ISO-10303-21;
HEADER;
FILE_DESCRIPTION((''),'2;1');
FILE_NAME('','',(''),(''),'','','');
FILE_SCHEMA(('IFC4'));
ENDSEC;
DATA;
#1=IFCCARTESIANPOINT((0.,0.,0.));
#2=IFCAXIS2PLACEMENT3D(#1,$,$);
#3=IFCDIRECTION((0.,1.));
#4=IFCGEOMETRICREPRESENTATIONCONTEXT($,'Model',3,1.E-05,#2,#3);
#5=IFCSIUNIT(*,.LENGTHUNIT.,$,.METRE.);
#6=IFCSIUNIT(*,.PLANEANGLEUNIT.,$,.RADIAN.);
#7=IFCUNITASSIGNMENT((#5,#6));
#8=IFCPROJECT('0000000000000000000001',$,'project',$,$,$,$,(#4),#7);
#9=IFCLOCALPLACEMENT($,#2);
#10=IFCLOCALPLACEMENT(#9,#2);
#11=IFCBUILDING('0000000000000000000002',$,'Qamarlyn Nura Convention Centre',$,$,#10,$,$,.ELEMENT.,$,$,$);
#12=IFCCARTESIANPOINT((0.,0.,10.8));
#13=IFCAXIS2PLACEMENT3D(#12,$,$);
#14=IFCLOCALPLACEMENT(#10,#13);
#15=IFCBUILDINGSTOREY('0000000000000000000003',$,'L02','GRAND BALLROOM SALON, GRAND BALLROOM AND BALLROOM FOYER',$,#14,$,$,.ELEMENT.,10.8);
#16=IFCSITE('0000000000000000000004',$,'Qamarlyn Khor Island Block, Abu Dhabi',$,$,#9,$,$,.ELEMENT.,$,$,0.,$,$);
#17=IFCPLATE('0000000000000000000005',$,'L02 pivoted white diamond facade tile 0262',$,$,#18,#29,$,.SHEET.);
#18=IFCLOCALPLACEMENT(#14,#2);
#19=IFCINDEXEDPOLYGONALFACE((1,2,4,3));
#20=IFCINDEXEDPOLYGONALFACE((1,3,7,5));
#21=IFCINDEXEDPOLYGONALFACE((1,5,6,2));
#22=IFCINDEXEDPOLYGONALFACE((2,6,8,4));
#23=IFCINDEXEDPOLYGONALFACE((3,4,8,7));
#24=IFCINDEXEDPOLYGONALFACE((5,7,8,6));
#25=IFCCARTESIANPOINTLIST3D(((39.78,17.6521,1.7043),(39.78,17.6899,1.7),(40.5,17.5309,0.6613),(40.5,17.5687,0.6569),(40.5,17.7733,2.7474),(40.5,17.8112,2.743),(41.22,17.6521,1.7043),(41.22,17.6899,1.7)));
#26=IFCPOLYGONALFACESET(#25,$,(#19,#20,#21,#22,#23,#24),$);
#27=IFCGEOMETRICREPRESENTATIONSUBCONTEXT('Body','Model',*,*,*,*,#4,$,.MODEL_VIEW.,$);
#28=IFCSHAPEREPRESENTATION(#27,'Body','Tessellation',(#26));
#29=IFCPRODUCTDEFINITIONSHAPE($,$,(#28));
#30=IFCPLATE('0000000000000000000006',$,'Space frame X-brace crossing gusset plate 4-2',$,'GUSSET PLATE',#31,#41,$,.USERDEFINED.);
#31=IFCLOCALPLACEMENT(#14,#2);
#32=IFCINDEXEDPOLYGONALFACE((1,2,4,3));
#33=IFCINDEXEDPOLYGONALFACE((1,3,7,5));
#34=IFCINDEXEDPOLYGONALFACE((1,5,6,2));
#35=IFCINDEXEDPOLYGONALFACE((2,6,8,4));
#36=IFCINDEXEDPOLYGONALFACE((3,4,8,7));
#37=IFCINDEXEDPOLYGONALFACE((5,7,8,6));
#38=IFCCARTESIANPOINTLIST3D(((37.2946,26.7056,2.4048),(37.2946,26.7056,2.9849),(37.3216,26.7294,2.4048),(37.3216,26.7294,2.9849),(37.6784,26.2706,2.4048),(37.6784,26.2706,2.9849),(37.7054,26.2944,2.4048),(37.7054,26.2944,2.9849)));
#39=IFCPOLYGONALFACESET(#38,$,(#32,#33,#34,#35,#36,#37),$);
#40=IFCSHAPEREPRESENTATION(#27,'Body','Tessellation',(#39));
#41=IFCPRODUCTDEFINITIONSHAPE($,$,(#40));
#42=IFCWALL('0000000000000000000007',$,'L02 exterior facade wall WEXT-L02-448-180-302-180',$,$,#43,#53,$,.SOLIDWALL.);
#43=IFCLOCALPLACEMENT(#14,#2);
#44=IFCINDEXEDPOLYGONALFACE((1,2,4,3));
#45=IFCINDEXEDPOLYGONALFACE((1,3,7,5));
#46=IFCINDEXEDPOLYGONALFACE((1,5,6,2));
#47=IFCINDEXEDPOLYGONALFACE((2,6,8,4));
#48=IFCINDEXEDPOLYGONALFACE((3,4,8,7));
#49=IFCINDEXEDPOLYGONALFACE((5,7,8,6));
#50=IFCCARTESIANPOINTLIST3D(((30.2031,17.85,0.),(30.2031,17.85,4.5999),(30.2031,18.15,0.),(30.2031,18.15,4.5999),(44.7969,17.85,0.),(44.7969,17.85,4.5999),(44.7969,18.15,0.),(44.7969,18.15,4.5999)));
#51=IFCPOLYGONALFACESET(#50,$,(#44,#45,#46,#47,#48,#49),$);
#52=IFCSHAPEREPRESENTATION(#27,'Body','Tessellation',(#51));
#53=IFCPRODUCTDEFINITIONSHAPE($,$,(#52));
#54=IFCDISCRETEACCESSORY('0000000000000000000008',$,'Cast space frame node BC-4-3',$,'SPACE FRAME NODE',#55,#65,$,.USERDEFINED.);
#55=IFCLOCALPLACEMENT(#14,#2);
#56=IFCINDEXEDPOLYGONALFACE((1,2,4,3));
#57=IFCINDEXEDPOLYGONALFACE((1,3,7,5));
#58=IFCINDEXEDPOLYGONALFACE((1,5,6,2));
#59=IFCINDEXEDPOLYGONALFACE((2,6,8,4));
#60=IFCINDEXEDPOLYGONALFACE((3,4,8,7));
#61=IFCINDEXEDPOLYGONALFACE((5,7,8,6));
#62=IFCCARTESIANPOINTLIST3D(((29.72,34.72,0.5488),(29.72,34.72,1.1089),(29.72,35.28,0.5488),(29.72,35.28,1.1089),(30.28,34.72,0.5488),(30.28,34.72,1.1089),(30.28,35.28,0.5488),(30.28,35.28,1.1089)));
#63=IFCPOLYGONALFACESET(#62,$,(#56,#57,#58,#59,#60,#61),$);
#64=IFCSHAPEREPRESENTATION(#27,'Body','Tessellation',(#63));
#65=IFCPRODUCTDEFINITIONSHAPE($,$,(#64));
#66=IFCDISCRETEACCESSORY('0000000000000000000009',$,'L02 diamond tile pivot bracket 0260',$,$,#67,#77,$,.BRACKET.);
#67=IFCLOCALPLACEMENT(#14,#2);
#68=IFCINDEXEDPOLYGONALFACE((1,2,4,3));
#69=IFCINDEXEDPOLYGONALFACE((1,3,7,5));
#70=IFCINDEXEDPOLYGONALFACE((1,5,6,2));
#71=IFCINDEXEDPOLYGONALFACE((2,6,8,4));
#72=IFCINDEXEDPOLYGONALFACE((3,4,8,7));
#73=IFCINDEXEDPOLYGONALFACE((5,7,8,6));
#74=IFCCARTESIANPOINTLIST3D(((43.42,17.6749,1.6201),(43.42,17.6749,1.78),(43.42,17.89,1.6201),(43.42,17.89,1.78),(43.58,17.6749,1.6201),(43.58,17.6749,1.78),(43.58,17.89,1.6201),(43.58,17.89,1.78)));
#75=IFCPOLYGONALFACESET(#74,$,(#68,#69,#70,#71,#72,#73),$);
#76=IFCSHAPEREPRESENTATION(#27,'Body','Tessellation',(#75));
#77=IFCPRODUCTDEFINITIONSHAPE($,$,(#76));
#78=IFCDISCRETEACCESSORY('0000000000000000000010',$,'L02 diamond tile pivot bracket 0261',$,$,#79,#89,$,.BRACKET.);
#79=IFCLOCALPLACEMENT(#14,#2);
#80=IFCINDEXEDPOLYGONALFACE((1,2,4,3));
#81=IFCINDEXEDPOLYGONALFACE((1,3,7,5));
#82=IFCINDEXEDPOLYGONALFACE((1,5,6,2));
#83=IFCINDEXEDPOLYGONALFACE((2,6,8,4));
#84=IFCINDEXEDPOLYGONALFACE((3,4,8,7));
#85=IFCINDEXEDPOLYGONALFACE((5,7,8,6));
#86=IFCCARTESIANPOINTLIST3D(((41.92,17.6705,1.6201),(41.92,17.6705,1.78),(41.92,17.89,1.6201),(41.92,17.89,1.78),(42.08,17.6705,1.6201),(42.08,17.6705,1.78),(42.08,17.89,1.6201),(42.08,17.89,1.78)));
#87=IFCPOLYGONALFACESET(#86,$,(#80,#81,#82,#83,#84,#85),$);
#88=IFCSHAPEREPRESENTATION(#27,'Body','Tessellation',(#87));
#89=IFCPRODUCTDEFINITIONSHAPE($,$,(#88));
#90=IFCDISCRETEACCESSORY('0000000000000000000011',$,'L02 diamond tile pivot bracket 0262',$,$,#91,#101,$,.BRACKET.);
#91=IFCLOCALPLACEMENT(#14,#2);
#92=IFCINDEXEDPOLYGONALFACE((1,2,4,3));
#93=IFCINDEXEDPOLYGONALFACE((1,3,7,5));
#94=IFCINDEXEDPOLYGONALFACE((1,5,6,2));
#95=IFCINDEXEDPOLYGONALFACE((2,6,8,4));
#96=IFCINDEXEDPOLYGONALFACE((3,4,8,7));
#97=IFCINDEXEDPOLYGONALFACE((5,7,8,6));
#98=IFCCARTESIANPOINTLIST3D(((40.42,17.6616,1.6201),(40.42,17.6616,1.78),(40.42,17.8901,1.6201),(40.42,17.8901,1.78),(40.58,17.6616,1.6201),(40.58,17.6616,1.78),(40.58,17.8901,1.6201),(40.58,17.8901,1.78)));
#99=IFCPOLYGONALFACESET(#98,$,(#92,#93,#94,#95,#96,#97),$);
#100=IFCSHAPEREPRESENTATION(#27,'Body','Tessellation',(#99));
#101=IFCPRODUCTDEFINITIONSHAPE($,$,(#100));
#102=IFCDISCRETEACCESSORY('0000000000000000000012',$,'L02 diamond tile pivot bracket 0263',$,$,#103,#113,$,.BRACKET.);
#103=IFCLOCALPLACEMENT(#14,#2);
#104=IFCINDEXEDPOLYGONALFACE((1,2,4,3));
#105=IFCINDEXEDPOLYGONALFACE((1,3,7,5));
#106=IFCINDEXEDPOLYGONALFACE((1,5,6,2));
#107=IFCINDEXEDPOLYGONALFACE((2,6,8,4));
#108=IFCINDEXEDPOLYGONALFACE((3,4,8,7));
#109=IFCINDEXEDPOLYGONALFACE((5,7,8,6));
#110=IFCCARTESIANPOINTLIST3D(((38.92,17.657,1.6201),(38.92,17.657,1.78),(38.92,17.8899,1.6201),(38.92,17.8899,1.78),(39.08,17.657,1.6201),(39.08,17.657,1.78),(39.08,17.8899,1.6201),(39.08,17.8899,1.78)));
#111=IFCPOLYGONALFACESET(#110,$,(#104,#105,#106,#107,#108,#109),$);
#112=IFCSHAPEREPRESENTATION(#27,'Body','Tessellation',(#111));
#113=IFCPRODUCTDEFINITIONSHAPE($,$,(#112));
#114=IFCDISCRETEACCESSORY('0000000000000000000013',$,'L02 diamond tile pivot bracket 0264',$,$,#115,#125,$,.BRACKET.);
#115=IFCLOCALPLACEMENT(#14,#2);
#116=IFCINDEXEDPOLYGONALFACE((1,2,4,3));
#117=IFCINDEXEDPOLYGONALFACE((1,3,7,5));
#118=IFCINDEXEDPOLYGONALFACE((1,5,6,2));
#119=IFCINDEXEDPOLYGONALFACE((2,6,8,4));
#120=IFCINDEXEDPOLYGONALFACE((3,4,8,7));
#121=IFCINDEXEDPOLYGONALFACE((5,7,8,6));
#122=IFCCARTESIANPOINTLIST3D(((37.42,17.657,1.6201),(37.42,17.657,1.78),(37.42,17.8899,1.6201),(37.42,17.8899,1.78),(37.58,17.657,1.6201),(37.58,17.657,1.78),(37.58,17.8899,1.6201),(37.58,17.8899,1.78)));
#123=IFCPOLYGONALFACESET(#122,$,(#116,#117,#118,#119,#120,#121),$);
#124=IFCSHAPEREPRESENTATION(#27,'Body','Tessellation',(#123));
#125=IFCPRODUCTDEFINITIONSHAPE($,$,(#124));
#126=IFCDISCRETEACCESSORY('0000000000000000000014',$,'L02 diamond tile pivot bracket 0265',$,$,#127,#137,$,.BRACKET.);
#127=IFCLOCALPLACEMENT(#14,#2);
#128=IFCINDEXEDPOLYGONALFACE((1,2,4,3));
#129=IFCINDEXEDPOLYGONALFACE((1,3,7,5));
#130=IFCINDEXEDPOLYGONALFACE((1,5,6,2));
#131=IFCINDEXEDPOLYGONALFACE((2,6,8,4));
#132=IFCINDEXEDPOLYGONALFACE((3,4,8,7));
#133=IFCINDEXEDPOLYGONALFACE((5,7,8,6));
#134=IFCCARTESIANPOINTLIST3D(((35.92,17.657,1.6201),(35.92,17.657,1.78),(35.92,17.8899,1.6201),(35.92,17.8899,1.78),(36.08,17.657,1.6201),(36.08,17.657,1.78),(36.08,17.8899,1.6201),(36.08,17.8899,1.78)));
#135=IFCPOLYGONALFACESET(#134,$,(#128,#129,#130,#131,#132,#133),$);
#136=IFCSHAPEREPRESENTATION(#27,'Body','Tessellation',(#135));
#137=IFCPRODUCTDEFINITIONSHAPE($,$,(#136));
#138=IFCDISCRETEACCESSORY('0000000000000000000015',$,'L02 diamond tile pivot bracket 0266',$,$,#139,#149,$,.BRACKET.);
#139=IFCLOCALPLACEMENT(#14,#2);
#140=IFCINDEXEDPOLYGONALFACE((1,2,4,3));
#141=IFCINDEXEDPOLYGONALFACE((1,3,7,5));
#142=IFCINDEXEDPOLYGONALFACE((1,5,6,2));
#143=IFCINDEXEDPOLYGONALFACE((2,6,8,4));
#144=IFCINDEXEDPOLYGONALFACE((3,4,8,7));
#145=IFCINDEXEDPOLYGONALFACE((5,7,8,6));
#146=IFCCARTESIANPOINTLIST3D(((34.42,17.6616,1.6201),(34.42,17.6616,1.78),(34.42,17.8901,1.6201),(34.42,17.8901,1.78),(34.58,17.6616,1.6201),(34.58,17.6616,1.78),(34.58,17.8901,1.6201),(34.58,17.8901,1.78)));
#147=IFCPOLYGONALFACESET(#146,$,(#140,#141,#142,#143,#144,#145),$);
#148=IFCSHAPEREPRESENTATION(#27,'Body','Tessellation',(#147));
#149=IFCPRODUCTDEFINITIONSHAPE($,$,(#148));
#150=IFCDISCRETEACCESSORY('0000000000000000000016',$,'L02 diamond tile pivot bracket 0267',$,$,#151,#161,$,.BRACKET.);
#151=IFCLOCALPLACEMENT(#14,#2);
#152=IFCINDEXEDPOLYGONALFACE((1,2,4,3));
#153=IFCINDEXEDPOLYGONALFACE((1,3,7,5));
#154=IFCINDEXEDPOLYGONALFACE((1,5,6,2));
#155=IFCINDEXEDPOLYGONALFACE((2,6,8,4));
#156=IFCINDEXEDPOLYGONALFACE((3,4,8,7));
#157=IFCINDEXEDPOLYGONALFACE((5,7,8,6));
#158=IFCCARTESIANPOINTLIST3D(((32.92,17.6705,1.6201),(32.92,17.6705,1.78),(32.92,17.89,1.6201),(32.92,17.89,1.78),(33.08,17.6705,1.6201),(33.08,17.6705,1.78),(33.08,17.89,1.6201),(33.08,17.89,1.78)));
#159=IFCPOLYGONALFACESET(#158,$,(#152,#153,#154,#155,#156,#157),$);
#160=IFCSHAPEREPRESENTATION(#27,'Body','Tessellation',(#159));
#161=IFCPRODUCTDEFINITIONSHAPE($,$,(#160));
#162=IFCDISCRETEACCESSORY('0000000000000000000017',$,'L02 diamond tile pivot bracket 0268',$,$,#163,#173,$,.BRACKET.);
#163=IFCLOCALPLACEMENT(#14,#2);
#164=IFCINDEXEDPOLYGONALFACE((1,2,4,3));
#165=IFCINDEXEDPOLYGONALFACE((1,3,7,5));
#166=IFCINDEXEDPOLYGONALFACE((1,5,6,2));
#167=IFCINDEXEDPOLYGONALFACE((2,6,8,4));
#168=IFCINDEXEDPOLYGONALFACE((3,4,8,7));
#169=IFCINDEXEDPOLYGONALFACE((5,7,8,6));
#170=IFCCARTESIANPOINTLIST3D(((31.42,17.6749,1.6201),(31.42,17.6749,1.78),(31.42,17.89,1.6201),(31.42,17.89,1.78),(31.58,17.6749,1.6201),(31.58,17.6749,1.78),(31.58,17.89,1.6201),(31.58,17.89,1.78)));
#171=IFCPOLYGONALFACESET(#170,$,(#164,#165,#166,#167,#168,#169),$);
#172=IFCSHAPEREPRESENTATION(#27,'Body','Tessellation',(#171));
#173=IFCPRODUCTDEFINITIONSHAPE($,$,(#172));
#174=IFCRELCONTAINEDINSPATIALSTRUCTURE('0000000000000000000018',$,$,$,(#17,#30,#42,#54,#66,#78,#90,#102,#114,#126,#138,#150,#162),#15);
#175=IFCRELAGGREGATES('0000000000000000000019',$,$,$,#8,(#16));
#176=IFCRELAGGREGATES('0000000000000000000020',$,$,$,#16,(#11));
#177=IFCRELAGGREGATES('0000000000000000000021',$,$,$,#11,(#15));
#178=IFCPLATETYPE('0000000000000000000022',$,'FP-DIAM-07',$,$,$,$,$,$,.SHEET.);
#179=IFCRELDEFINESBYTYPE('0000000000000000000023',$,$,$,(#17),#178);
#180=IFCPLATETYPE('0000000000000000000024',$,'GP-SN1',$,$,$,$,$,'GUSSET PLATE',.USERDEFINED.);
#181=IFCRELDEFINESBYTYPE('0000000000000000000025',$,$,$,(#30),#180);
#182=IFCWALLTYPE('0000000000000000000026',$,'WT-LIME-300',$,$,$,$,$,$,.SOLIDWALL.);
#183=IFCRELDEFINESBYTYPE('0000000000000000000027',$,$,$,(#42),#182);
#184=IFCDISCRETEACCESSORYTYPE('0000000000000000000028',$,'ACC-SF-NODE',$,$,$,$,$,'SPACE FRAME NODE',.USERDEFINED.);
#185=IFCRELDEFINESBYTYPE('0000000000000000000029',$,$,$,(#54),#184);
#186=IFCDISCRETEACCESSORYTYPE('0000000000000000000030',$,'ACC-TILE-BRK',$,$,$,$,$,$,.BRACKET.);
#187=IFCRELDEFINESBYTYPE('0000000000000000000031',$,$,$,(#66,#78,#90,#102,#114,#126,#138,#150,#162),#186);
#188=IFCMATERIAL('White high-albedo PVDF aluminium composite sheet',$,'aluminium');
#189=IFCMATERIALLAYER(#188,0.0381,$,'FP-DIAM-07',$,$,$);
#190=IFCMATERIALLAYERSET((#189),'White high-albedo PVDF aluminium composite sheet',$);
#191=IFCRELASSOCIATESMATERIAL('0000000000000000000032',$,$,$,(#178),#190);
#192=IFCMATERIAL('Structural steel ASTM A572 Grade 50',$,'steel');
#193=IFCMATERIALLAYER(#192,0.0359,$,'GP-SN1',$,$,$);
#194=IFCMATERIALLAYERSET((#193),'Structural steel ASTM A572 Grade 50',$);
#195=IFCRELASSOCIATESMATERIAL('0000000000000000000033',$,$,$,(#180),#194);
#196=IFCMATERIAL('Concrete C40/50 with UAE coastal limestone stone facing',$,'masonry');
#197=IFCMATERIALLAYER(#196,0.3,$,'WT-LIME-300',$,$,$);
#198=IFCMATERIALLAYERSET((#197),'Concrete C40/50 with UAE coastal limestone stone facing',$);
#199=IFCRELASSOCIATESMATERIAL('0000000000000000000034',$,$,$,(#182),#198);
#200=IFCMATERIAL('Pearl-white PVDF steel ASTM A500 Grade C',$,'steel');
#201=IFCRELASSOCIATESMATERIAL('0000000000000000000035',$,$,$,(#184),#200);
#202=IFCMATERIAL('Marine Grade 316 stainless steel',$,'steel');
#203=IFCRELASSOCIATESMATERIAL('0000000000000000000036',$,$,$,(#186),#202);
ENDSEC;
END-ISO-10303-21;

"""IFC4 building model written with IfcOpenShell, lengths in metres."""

from ifc_helpers import new_model, si_unit, direction, frame, frame_2d, origin, origin_2d, place, context, subcontext, project, spatial, polyline, rectangle, outline, extrude, material, layer, layer_set, type_object, element, save


model = new_model("IFC4")

# Units and contexts
model_context = context("Model", 3, precision=1e-05, world=origin(), true_north=direction((0.0, 1.0)))
body_context = subcontext(model_context, "Body", "Model", "MODEL_VIEW")
ifc_project = project(units=[si_unit("LENGTHUNIT", "METRE"), si_unit("PLANEANGLEUNIT", "RADIAN")], contexts=[model_context])

# Site, building, storey
site_placement = place(None, origin())
site = spatial("IfcSite", under=ifc_project, at=site_placement, Name="Qamarlyn Khor Island Block, Abu Dhabi", CompositionType="ELEMENT", RefElevation=0.0)
building_placement = place(site_placement, origin())
building = spatial("IfcBuilding", under=site, at=building_placement, Name="Qamarlyn Nura Convention Centre", CompositionType="ELEMENT")
storey_placement = place(building_placement, frame((0.0, 0.0, 10.8)))
storey = spatial("IfcBuildingStorey", under=building, at=storey_placement, Name="L02", Description="GRAND BALLROOM SALON, GRAND BALLROOM AND BALLROOM FOYER", CompositionType="ELEMENT", Elevation=10.8)

# Shared definitions
ifc_material_1 = material(Name="Pearl-white PVDF steel ASTM A500 Grade C", Category="steel")

# Plates
ifc_material_2 = material(Name="White high-albedo PVDF aluminium composite sheet", Category="aluminium")
ifc_layer_1 = layer(ifc_material_2, 0.0381, Name="FP-DIAM-07")
ifc_layer_set_1 = layer_set([ifc_layer_1], Name="White high-albedo PVDF aluminium composite sheet")
plate_type_1 = type_object("IfcPlateType", Name="FP-DIAM-07", PredefinedType="SHEET", material=ifc_layer_set_1)
plate_1_placement = place(storey_placement, frame((40.5, 17.6899, 1.7), z_axis=(0.0, -0.993312, 0.115457), x_axis=(1.0, 0.0, 0.0)))
element("IfcPlate", 1, at=plate_1_placement, inside=storey, type_object=plate_type_1, Name="L02 pivoted white diamond facade tile 0262", PredefinedType="SHEET", context=body_context, shape_type="SweptSolid", body=[
    extrude(outline(polyline([(-0.72, 0.0), (0.0, -1.05), (0.72, 0.0), (0.0, 1.05), (-0.72, 0.0)])), origin(), (0.0, 0.0, 1.0), 0.0381),
])
ifc_material_3 = material(Name="Structural steel ASTM A572 Grade 50", Category="steel")
ifc_layer_2 = layer(ifc_material_3, 0.0359, Name="GP-SN1")
ifc_layer_set_2 = layer_set([ifc_layer_2], Name="Structural steel ASTM A572 Grade 50")
plate_type_2 = type_object("IfcPlateType", Name="GP-SN1", ElementType="GUSSET PLATE", PredefinedType="USERDEFINED", material=ifc_layer_set_2)
plate_2_placement = place(storey_placement, frame((37.5, 26.5, 2.4048), z_axis=(0.0, 0.0, 1.0), x_axis=(-0.661622, 0.749837, 0.0)))
element("IfcPlate", 2, at=plate_2_placement, inside=storey, type_object=plate_type_2, Name="Space frame X-brace crossing gusset plate 4-2", ObjectType="GUSSET PLATE", PredefinedType="USERDEFINED", context=body_context, shape_type="SweptSolid", body=[
    extrude(rectangle(XDim=0.5801, YDim=0.0359, at=origin_2d()), origin(), (0.0, 0.0, 1.0), 0.5801),
])

# Wall
ifc_material_4 = material(Name="Concrete C40/50 with UAE coastal limestone stone facing", Category="masonry")
ifc_layer_3 = layer(ifc_material_4, 0.3, Name="WT-LIME-300")
ifc_layer_set_3 = layer_set([ifc_layer_3], Name="Concrete C40/50 with UAE coastal limestone stone facing")
wall_type = type_object("IfcWallType", Name="WT-LIME-300", PredefinedType="SOLIDWALL", material=ifc_layer_set_3)
wall_placement = place(storey_placement, frame((44.7969, 18.0, 0.0), z_axis=(0.0, 0.0, 1.0), x_axis=(-1.0, 0.0, 0.0)))
element("IfcWall", 3, at=wall_placement, inside=storey, type_object=wall_type, Name="L02 exterior facade wall WEXT-L02-448-180-302-180", PredefinedType="SOLIDWALL", context=body_context, shape_type="SweptSolid", body=[
    extrude(rectangle(XDim=14.5938, YDim=0.3, at=frame_2d((7.2969, 0.0))), origin(), (0.0, 0.0, 1.0), 4.5999),
])

# Discrete accessories
discrete_accessory_type_1 = type_object("IfcDiscreteAccessoryType", Name="ACC-SF-NODE", ElementType="SPACE FRAME NODE", PredefinedType="USERDEFINED", material=ifc_material_1)
discrete_accessory_1_placement = place(storey_placement, frame((30.0, 35.0, 0.5488), z_axis=(0.0, 0.0, 1.0), x_axis=(1.0, 0.0, 0.0)))
element("IfcDiscreteAccessory", 4, at=discrete_accessory_1_placement, inside=storey, type_object=discrete_accessory_type_1, Name="Cast space frame node BC-4-3", ObjectType="SPACE FRAME NODE", PredefinedType="USERDEFINED", context=body_context, shape_type="SweptSolid", body=[
    extrude(rectangle(XDim=0.5601, YDim=0.5601, at=origin_2d()), origin(), (0.0, 0.0, 1.0), 0.5601),
])
ifc_material_5 = material(Name="Marine Grade 316 stainless steel", Category="steel")
discrete_accessory_type_2 = type_object("IfcDiscreteAccessoryType", Name="ACC-TILE-BRK", PredefinedType="BRACKET", material=ifc_material_5)
discrete_accessory_2_placement = place(storey_placement, frame((43.5, 17.7825, 1.6201), z_axis=(0.0, 0.0, 1.0), x_axis=(0.0, -1.0, 0.0)))
element("IfcDiscreteAccessory", 5, at=discrete_accessory_2_placement, inside=storey, type_object=discrete_accessory_type_2, Name="L02 diamond tile pivot bracket 0260", PredefinedType="BRACKET", context=body_context, shape_type="SweptSolid", body=[
    extrude(rectangle(XDim=0.2151, YDim=0.1599, at=origin_2d()), origin(), (0.0, 0.0, 1.0), 0.1599),
])
discrete_accessory_3_placement = place(storey_placement, frame((42.0, 17.7803, 1.6201), z_axis=(0.0, 0.0, 1.0), x_axis=(0.0, -1.0, 0.0)))
element("IfcDiscreteAccessory", 6, at=discrete_accessory_3_placement, inside=storey, type_object=discrete_accessory_type_2, Name="L02 diamond tile pivot bracket 0261", PredefinedType="BRACKET", context=body_context, shape_type="SweptSolid", body=[
    extrude(rectangle(XDim=0.2195, YDim=0.1599, at=origin_2d()), origin(), (0.0, 0.0, 1.0), 0.1599),
])
discrete_accessory_4_placement = place(storey_placement, frame((40.5, 17.7759, 1.6201), z_axis=(0.0, 0.0, 1.0), x_axis=(0.0, -1.0, 0.0)))
element("IfcDiscreteAccessory", 7, at=discrete_accessory_4_placement, inside=storey, type_object=discrete_accessory_type_2, Name="L02 diamond tile pivot bracket 0262", PredefinedType="BRACKET", context=body_context, shape_type="SweptSolid", body=[
    extrude(rectangle(XDim=0.2285, YDim=0.1599, at=origin_2d()), origin(), (0.0, 0.0, 1.0), 0.1599),
])
for number, where, z_axis, x_axis, name in (
    (8, (39.0, 17.7734, 1.6201), (0.0, 0.0, 1.0), (0.0, -1.0, 0.0), "L02 diamond tile pivot bracket 0263"),
    (9, (37.5, 17.7734, 1.6201), (0.0, 0.0, 1.0), (0.0, -1.0, 0.0), "L02 diamond tile pivot bracket 0264"),
    (10, (36.0, 17.7734, 1.6201), (0.0, 0.0, 1.0), (0.0, -1.0, 0.0), "L02 diamond tile pivot bracket 0265"),
):
    element("IfcDiscreteAccessory", number, at=place(storey_placement, frame(where, z_axis=z_axis, x_axis=x_axis)), inside=storey, type_object=discrete_accessory_type_2, Name=name, PredefinedType="BRACKET", context=body_context, shape_type="SweptSolid", body=[
        extrude(rectangle(XDim=0.2329, YDim=0.1599, at=origin_2d()), origin(), (0.0, 0.0, 1.0), 0.1599),
    ])
discrete_accessory_5_placement = place(storey_placement, frame((34.5, 17.7759, 1.6201), z_axis=(0.0, 0.0, 1.0), x_axis=(0.0, -1.0, 0.0)))
element("IfcDiscreteAccessory", 11, at=discrete_accessory_5_placement, inside=storey, type_object=discrete_accessory_type_2, Name="L02 diamond tile pivot bracket 0266", PredefinedType="BRACKET", context=body_context, shape_type="SweptSolid", body=[
    extrude(rectangle(XDim=0.2285, YDim=0.1599, at=origin_2d()), origin(), (0.0, 0.0, 1.0), 0.1599),
])
discrete_accessory_6_placement = place(storey_placement, frame((33.0, 17.7803, 1.6201), z_axis=(0.0, 0.0, 1.0), x_axis=(0.0, -1.0, 0.0)))
element("IfcDiscreteAccessory", 12, at=discrete_accessory_6_placement, inside=storey, type_object=discrete_accessory_type_2, Name="L02 diamond tile pivot bracket 0267", PredefinedType="BRACKET", context=body_context, shape_type="SweptSolid", body=[
    extrude(rectangle(XDim=0.2195, YDim=0.1599, at=origin_2d()), origin(), (0.0, 0.0, 1.0), 0.1599),
])
discrete_accessory_7_placement = place(storey_placement, frame((31.5, 17.7825, 1.6201), z_axis=(0.0, 0.0, 1.0), x_axis=(0.0, -1.0, 0.0)))
element("IfcDiscreteAccessory", 13, at=discrete_accessory_7_placement, inside=storey, type_object=discrete_accessory_type_2, Name="L02 diamond tile pivot bracket 0268", PredefinedType="BRACKET", context=body_context, shape_type="SweptSolid", body=[
    extrude(rectangle(XDim=0.2151, YDim=0.1599, at=origin_2d()), origin(), (0.0, 0.0, 1.0), 0.1599),
])

save(model, "model.ifc")
